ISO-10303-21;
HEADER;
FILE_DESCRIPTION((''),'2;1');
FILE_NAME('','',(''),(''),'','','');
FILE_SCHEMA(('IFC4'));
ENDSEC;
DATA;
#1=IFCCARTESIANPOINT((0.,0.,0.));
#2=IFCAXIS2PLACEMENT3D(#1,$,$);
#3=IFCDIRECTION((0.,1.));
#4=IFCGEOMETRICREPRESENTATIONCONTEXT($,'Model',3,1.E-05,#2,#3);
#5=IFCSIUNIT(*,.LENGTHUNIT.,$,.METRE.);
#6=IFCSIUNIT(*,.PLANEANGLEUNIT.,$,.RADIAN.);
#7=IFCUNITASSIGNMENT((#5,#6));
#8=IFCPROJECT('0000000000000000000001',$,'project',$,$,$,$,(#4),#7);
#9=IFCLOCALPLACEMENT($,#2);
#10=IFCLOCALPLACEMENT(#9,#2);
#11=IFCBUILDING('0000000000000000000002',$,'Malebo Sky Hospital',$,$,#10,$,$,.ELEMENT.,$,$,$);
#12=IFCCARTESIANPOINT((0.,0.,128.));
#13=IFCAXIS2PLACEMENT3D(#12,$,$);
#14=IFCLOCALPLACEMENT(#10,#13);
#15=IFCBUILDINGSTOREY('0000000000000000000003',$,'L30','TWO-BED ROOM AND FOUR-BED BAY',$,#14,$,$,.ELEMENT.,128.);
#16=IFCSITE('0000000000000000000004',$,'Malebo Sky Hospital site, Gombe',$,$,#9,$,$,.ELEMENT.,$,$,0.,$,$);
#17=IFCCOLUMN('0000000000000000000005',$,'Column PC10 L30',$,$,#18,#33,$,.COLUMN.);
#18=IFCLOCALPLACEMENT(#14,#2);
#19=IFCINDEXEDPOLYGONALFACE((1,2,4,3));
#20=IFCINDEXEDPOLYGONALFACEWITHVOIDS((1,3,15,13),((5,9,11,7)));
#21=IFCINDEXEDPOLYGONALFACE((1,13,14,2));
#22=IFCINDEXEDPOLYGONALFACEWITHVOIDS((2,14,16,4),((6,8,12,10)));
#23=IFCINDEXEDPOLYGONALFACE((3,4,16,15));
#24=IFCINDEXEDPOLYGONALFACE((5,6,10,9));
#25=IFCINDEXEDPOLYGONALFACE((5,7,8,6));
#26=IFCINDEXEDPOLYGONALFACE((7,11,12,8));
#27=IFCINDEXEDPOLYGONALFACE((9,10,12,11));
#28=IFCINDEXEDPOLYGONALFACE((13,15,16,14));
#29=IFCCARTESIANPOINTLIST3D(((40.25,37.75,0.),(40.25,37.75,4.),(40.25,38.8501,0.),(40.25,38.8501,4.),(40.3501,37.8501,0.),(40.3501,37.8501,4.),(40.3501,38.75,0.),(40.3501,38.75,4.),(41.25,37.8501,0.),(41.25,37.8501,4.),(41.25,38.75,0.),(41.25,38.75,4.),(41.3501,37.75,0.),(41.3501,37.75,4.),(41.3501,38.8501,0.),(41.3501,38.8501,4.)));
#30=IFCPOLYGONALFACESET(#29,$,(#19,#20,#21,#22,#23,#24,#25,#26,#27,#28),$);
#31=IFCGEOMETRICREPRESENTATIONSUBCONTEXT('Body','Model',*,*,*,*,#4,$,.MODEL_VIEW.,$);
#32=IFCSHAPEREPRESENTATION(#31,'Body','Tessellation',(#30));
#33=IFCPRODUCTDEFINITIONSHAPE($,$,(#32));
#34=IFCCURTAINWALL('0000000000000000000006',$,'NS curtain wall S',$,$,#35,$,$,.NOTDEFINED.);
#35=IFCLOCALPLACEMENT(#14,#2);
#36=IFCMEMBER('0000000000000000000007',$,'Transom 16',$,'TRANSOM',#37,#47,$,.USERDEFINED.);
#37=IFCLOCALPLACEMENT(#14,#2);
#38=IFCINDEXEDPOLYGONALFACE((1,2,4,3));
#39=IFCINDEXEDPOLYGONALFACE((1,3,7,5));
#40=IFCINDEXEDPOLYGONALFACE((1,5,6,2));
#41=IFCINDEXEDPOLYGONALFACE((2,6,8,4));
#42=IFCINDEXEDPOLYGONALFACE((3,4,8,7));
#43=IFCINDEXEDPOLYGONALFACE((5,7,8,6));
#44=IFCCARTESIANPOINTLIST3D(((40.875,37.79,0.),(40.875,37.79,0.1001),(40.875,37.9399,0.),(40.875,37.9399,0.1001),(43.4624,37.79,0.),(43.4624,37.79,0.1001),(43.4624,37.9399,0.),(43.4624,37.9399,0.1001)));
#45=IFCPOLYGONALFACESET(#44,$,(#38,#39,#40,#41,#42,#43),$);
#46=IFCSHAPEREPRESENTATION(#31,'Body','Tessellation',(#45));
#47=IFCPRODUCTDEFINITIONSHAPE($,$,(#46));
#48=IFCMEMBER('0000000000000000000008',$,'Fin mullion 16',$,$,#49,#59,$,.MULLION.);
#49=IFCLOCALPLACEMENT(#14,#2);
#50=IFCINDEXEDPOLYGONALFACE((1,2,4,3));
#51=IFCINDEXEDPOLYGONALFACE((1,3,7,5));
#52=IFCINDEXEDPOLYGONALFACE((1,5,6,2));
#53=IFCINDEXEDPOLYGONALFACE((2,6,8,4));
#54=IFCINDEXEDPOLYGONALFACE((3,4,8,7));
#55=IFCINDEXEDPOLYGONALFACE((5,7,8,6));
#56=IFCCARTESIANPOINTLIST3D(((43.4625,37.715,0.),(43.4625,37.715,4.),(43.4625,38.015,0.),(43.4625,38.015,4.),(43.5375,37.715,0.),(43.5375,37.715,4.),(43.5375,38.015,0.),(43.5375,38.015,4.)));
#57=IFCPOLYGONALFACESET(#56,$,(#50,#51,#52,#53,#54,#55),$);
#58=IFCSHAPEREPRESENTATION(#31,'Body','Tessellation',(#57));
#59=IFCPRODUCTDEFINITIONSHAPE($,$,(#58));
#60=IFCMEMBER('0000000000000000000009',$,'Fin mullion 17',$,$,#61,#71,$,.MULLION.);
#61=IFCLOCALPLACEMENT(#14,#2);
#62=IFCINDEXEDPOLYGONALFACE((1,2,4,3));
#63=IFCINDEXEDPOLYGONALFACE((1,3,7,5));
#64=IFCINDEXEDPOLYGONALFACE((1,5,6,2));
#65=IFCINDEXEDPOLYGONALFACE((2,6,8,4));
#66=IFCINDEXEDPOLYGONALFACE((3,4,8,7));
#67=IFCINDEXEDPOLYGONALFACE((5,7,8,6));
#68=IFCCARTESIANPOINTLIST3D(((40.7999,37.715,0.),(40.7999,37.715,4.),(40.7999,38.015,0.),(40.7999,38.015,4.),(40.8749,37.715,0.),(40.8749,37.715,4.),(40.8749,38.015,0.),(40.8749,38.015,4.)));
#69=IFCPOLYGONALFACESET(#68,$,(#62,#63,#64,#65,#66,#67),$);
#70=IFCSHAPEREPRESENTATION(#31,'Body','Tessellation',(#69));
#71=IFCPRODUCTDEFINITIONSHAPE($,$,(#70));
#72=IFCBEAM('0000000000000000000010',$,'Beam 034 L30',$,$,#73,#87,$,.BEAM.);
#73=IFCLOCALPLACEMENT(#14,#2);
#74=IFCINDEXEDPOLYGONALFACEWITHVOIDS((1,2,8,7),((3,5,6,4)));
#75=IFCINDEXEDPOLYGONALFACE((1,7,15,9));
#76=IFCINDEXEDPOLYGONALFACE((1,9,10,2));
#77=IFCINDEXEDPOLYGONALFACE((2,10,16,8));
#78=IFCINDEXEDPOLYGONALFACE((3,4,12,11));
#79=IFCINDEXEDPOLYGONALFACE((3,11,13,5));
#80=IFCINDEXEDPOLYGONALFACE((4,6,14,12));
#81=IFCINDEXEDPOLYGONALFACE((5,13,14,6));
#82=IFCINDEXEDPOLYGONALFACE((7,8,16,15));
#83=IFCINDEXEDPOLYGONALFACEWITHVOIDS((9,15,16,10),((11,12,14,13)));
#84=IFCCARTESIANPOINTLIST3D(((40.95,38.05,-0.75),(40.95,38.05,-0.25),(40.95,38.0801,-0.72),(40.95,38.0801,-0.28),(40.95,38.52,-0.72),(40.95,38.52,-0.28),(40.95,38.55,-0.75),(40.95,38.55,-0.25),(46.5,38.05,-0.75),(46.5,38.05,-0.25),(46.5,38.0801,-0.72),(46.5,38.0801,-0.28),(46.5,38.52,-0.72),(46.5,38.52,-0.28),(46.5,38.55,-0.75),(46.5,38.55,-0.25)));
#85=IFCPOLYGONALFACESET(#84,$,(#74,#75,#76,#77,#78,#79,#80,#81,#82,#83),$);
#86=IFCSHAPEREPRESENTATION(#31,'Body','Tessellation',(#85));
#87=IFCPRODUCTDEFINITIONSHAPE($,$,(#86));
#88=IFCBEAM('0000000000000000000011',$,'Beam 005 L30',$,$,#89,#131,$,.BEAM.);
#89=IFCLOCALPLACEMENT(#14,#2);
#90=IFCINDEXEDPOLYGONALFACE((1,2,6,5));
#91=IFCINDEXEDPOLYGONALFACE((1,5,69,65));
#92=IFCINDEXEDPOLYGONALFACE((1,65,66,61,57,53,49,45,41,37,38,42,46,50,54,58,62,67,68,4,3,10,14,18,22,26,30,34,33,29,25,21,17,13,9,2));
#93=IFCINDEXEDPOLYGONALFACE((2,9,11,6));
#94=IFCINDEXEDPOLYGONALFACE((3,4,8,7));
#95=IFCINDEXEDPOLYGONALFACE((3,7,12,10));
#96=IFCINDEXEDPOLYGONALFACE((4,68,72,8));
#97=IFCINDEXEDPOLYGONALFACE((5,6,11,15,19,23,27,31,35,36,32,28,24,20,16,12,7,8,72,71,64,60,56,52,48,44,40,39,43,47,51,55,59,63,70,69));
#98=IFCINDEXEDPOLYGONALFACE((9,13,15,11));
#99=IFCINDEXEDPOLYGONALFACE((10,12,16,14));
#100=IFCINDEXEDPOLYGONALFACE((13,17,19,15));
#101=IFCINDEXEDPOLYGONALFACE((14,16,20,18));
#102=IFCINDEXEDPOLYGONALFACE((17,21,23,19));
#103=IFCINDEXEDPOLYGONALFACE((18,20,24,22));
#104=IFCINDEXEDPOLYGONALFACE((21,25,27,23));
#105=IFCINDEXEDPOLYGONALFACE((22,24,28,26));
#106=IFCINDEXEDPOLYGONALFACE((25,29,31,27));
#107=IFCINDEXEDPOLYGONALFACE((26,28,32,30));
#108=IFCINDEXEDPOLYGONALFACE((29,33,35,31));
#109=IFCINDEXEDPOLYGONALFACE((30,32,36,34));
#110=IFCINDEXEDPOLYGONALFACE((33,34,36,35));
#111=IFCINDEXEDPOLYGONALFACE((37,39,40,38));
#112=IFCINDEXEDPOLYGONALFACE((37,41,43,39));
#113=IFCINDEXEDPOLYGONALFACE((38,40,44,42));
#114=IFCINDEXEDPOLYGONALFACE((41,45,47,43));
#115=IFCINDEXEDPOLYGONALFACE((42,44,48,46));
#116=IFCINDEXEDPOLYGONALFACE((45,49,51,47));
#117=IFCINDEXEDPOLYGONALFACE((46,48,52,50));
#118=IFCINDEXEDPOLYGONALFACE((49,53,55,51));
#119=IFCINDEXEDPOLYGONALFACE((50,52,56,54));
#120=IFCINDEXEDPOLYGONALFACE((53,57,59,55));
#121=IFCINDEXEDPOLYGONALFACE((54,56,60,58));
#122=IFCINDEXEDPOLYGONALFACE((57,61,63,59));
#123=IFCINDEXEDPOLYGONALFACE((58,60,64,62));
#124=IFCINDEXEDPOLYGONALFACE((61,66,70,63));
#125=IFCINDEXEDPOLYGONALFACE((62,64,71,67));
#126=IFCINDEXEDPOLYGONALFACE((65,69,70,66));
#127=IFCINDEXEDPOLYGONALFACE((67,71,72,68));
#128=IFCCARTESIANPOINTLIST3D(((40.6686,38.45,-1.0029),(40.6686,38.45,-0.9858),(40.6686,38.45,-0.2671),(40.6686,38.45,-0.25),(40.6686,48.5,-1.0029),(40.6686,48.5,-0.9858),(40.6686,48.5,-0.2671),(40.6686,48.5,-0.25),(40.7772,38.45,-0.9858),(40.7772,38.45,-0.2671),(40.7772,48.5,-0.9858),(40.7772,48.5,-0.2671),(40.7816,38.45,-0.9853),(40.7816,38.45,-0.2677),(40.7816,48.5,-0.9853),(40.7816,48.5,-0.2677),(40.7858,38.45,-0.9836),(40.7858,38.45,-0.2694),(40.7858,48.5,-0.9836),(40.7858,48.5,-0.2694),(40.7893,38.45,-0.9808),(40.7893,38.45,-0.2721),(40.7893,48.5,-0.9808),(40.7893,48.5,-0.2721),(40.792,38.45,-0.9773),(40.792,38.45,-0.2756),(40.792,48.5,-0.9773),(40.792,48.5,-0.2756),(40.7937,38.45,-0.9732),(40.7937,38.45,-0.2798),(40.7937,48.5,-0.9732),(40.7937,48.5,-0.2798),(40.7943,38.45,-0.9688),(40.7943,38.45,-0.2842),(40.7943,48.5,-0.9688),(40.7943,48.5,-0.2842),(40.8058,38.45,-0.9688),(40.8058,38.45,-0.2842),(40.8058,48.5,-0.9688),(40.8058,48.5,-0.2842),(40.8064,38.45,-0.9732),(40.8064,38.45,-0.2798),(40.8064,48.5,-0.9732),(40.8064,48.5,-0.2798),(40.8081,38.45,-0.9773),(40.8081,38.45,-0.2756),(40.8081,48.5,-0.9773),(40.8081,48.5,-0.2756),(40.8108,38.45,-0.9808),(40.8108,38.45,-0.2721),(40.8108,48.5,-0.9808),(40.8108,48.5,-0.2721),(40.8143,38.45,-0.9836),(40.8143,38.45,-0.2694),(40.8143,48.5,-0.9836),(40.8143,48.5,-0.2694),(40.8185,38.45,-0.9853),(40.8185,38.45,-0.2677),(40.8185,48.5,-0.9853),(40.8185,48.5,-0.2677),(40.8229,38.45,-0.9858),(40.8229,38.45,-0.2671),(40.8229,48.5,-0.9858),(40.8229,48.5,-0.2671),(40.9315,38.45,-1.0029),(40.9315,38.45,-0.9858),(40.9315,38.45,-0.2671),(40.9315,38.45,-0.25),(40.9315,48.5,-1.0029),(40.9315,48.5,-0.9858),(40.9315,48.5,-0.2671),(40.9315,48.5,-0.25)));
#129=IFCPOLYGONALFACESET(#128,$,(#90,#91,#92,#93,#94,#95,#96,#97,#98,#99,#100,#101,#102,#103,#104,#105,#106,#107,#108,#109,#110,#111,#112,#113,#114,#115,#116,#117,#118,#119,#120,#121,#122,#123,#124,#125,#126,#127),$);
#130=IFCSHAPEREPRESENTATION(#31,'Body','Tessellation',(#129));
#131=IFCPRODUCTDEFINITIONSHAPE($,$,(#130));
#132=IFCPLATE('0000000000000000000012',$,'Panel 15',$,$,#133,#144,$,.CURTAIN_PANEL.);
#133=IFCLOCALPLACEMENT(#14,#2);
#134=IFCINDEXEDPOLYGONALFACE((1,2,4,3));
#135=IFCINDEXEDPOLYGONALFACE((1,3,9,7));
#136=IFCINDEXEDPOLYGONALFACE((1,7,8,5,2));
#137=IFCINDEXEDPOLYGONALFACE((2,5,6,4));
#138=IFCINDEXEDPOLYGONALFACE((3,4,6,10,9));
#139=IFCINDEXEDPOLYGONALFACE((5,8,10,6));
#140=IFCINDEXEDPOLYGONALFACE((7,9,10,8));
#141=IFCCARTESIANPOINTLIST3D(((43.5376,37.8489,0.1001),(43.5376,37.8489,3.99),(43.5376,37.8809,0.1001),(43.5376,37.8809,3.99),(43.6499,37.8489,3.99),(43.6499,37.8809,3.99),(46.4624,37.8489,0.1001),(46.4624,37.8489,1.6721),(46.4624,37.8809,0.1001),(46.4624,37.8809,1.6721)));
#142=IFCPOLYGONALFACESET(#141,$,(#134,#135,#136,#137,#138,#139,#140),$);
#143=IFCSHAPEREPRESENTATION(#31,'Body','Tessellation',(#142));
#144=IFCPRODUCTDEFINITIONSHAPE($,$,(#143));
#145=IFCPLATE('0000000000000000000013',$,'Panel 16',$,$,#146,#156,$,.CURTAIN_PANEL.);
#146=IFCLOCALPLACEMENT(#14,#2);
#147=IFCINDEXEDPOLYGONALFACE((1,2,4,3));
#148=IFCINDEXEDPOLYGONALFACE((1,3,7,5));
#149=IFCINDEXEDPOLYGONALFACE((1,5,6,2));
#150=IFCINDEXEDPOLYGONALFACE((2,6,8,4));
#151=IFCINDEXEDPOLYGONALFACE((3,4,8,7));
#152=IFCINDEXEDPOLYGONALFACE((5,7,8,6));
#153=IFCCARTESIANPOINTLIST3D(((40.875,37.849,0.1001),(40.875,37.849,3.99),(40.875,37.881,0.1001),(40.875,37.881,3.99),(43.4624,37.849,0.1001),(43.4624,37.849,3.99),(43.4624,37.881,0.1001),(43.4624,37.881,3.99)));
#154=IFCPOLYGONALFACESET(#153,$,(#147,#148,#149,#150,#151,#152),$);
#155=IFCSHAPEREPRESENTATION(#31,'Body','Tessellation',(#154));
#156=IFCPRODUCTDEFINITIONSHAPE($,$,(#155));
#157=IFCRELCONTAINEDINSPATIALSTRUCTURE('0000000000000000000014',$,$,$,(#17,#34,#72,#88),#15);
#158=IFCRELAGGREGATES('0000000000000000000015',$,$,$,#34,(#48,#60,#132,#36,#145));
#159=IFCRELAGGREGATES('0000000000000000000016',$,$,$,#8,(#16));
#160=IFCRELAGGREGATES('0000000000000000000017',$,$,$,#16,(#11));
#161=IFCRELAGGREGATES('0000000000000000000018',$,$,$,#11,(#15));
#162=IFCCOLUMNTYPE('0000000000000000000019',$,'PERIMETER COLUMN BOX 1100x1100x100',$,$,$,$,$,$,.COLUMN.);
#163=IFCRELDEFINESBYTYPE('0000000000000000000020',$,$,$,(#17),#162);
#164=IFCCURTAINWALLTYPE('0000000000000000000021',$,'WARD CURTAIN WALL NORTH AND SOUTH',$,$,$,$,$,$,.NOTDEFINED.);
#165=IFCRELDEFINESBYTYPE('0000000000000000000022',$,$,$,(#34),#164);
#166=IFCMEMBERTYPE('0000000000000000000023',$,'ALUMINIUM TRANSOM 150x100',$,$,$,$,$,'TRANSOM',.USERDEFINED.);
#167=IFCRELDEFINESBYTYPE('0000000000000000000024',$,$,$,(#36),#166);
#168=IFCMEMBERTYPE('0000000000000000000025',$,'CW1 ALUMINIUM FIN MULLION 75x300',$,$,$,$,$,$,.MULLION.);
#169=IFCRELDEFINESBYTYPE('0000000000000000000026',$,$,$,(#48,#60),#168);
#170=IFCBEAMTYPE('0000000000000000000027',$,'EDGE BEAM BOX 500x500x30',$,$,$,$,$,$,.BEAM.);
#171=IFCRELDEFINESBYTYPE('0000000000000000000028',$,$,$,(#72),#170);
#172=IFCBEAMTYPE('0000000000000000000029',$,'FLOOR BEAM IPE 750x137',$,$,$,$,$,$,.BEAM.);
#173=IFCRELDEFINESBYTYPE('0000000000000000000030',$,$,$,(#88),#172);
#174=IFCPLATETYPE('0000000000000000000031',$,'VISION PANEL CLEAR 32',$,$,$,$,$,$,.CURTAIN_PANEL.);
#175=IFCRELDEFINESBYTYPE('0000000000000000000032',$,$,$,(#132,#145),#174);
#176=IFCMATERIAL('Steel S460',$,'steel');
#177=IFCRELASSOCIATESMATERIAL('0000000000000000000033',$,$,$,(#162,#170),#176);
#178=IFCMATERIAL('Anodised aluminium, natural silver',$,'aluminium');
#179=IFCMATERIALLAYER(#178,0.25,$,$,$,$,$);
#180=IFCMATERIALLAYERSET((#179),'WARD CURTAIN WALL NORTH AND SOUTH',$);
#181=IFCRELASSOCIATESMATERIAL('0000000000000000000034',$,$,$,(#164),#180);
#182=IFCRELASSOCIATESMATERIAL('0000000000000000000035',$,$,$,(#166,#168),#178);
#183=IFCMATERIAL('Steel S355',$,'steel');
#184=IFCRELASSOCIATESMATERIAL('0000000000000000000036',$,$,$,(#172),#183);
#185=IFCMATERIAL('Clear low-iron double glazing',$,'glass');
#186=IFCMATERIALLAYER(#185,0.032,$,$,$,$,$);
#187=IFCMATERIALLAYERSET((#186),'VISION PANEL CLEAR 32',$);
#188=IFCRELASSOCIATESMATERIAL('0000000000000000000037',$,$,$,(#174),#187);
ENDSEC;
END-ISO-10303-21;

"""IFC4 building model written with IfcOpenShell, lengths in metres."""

from ifc_helpers import new_model, si_unit, direction, frame, origin, origin_2d, place, context, subcontext, project, spatial, polyline, rectangle, hollow_rectangle, i_section, outline, extrude, material, layer, layer_set, material_profile, profile_set, type_object, element, aggregate, save


model = new_model("IFC4")

# Units and contexts
model_context = context("Model", 3, precision=1e-05, world=origin(), true_north=direction((0.0, 1.0)))
body_context = subcontext(model_context, "Body", "Model", "MODEL_VIEW")
ifc_project = project(units=[si_unit("LENGTHUNIT", "METRE"), si_unit("PLANEANGLEUNIT", "RADIAN")], contexts=[model_context])

# Site, building, storey
site_placement = place(None, origin())
site = spatial("IfcSite", under=ifc_project, at=site_placement, Name="Malebo Sky Hospital site, Gombe", CompositionType="ELEMENT", RefElevation=0.0)
building_placement = place(site_placement, origin())
building = spatial("IfcBuilding", under=site, at=building_placement, Name="Malebo Sky Hospital", CompositionType="ELEMENT")
storey_placement = place(building_placement, frame((0.0, 0.0, 128.0)))
storey = spatial("IfcBuildingStorey", under=building, at=storey_placement, Name="L30", Description="TWO-BED ROOM AND FOUR-BED BAY", CompositionType="ELEMENT", Elevation=128.0)

# Column
ifc_material_1 = material(Name="Steel S460", Category="steel")
ifc_material_profile_1 = material_profile(ifc_material_1, hollow_rectangle(XDim=1.1001, YDim=1.1001, WallThickness=0.1001, at=origin_2d()), Name="BOX 1100x1100x100")
ifc_profile_set_1 = profile_set([ifc_material_profile_1], Name="Steel S460")
column_type = type_object("IfcColumnType", Name="PERIMETER COLUMN BOX 1100x1100x100", PredefinedType="COLUMN", material=ifc_profile_set_1)
column_placement = place(storey_placement, frame((40.8, 38.3, 0.0), z_axis=(0.0, 0.0, 1.0), x_axis=(1.0, 0.0, 0.0)))
element("IfcColumn", 1, at=column_placement, inside=storey, type_object=column_type, Name="Column PC10 L30", PredefinedType="COLUMN", context=body_context, shape_type="SweptSolid", body=[
    extrude(hollow_rectangle(XDim=1.1001, YDim=1.1001, WallThickness=0.1001, at=origin_2d()), origin(), (0.0, 0.0, 1.0), 4.0),
])

# Curtain wall, members
ifc_material_2 = material(Name="Anodised aluminium, natural silver", Category="aluminium")
ifc_layer_1 = layer(ifc_material_2, 0.25)
ifc_layer_set_1 = layer_set([ifc_layer_1], Name="WARD CURTAIN WALL NORTH AND SOUTH")
curtain_wall_type = type_object("IfcCurtainWallType", Name="WARD CURTAIN WALL NORTH AND SOUTH", PredefinedType="NOTDEFINED", material=ifc_layer_set_1)
curtain_wall_placement = place(storey_placement, origin())
curtain_wall = element("IfcCurtainWall", 2, at=curtain_wall_placement, inside=storey, type_object=curtain_wall_type, Name="NS curtain wall S", PredefinedType="NOTDEFINED")
ifc_material_profile_2 = material_profile(ifc_material_2, rectangle(XDim=0.1499, YDim=0.1001, at=origin_2d()), Name="ALUMINIUM TRANSOM 150x100")
ifc_profile_set_2 = profile_set([ifc_material_profile_2], Name="Anodised aluminium, natural silver")
member_type_1 = type_object("IfcMemberType", Name="ALUMINIUM TRANSOM 150x100", ElementType="TRANSOM", PredefinedType="USERDEFINED", material=ifc_profile_set_2)
member_1_placement = place(storey_placement, frame((43.4624, 37.865, 0.05), z_axis=(-1.0, 0.0, 0.0), x_axis=(0.0, -1.0, 0.0)))
member_1 = element("IfcMember", 3, at=member_1_placement, type_object=member_type_1, Name="Transom 16", ObjectType="TRANSOM", PredefinedType="USERDEFINED", context=body_context, shape_type="SweptSolid", body=[
    extrude(rectangle(XDim=0.1499, YDim=0.1001, at=origin_2d()), origin(), (0.0, 0.0, 1.0), 2.5874),
])
ifc_material_profile_3 = material_profile(ifc_material_2, rectangle(XDim=0.075, YDim=0.3, at=origin_2d()), Name="CW1 ALUMINIUM FIN MULLION 75x300")
ifc_profile_set_3 = profile_set([ifc_material_profile_3], Name="Anodised aluminium, natural silver")
member_type_2 = type_object("IfcMemberType", Name="CW1 ALUMINIUM FIN MULLION 75x300", PredefinedType="MULLION", material=ifc_profile_set_3)
member_2_placement = place(storey_placement, frame((43.5, 37.865, 0.0), z_axis=(0.0, 0.0, 1.0), x_axis=(-1.0, 0.0, 0.0)))
member_2 = element("IfcMember", 4, at=member_2_placement, type_object=member_type_2, Name="Fin mullion 16", PredefinedType="MULLION", context=body_context, shape_type="SweptSolid", body=[
    extrude(rectangle(XDim=0.075, YDim=0.3, at=origin_2d()), origin(), (0.0, 0.0, 1.0), 4.0),
])
member_3_placement = place(storey_placement, frame((40.8374, 37.865, 0.0), z_axis=(0.0, 0.0, 1.0), x_axis=(-1.0, 0.0, 0.0)))
member_3 = element("IfcMember", 5, at=member_3_placement, type_object=member_type_2, Name="Fin mullion 17", PredefinedType="MULLION", context=body_context, shape_type="SweptSolid", body=[
    extrude(rectangle(XDim=0.075, YDim=0.3, at=origin_2d()), origin(), (0.0, 0.0, 1.0), 4.0),
])

# Beams
ifc_material_profile_4 = material_profile(ifc_material_1, hollow_rectangle(XDim=0.5, YDim=0.5, WallThickness=0.03, at=origin_2d()), Name="BOX 500x500x30")
ifc_profile_set_4 = profile_set([ifc_material_profile_4], Name="Steel S460")
beam_type_1 = type_object("IfcBeamType", Name="EDGE BEAM BOX 500x500x30", PredefinedType="BEAM", material=ifc_profile_set_4)
beam_1_placement = place(storey_placement, frame((40.95, 38.3, -0.5), z_axis=(1.0, 0.0, 0.0), x_axis=(0.0, 1.0, 0.0)))
element("IfcBeam", 6, at=beam_1_placement, inside=storey, type_object=beam_type_1, Name="Beam 034 L30", PredefinedType="BEAM", context=body_context, shape_type="SweptSolid", body=[
    extrude(hollow_rectangle(XDim=0.5, YDim=0.5, WallThickness=0.03, at=origin_2d()), origin(), (0.0, 0.0, 1.0), 5.55),
])
ifc_material_3 = material(Name="Steel S355", Category="steel")
ifc_material_profile_5 = material_profile(ifc_material_3, i_section(OverallWidth=0.2629, OverallDepth=0.7529, WebThickness=0.0115, FlangeThickness=0.0171, FilletRadius=0.0171, at=origin_2d()), Name="IPE 750x137")
ifc_profile_set_5 = profile_set([ifc_material_profile_5], Name="Steel S355")
beam_type_2 = type_object("IfcBeamType", Name="FLOOR BEAM IPE 750x137", PredefinedType="BEAM", material=ifc_profile_set_5)
beam_2_placement = place(storey_placement, frame((40.8, 38.45, -0.6265), z_axis=(0.0, 1.0, 0.0), x_axis=(-1.0, 0.0, 0.0)))
element("IfcBeam", 7, at=beam_2_placement, inside=storey, type_object=beam_type_2, Name="Beam 005 L30", PredefinedType="BEAM", context=body_context, shape_type="SweptSolid", body=[
    extrude(i_section(OverallWidth=0.2629, OverallDepth=0.7529, WebThickness=0.0115, FlangeThickness=0.0171, FilletRadius=0.0171, at=origin_2d()), origin(), (0.0, 0.0, 1.0), 10.05),
])

# Plates
ifc_material_4 = material(Name="Clear low-iron double glazing", Category="glass")
ifc_layer_2 = layer(ifc_material_4, 0.032)
ifc_layer_set_2 = layer_set([ifc_layer_2], Name="VISION PANEL CLEAR 32")
plate_type = type_object("IfcPlateType", Name="VISION PANEL CLEAR 32", PredefinedType="CURTAIN_PANEL", material=ifc_layer_set_2)
plate_1_placement = place(storey_placement, frame((45.0, 37.865, 0.1001), z_axis=(0.0, 0.0, 1.0), x_axis=(-1.0, 0.0, 0.0)))
plate_1 = element("IfcPlate", 8, at=plate_1_placement, type_object=plate_type, Name="Panel 15", PredefinedType="CURTAIN_PANEL", context=body_context, shape_type="SweptSolid", body=[
    extrude(outline(polyline([(-1.4624, 0.0), (1.4624, 0.0), (1.4624, 3.8899), (1.3501, 3.8899), (-1.4624, 1.572), (-1.4624, 0.0)])), frame((0.0, 0.0161, 0.0), z_axis=(0.0, -1.0, 0.0), x_axis=(1.0, 0.0, 0.0)), (0.0, 0.0, 1.0), 0.032),
])
plate_2_placement = place(storey_placement, frame((42.1687, 37.865, 0.1001), z_axis=(0.0, 0.0, 1.0), x_axis=(-1.0, 0.0, 0.0)))
plate_2 = element("IfcPlate", 9, at=plate_2_placement, type_object=plate_type, Name="Panel 16", PredefinedType="CURTAIN_PANEL", context=body_context, shape_type="SweptSolid", body=[
    extrude(rectangle(XDim=2.5874, YDim=0.032, at=origin_2d()), origin(), (0.0, 0.0, 1.0), 3.8899),
])
aggregate(curtain_wall, [member_2, member_3, plate_1, member_1, plate_2])

save(model, "model.ifc")
